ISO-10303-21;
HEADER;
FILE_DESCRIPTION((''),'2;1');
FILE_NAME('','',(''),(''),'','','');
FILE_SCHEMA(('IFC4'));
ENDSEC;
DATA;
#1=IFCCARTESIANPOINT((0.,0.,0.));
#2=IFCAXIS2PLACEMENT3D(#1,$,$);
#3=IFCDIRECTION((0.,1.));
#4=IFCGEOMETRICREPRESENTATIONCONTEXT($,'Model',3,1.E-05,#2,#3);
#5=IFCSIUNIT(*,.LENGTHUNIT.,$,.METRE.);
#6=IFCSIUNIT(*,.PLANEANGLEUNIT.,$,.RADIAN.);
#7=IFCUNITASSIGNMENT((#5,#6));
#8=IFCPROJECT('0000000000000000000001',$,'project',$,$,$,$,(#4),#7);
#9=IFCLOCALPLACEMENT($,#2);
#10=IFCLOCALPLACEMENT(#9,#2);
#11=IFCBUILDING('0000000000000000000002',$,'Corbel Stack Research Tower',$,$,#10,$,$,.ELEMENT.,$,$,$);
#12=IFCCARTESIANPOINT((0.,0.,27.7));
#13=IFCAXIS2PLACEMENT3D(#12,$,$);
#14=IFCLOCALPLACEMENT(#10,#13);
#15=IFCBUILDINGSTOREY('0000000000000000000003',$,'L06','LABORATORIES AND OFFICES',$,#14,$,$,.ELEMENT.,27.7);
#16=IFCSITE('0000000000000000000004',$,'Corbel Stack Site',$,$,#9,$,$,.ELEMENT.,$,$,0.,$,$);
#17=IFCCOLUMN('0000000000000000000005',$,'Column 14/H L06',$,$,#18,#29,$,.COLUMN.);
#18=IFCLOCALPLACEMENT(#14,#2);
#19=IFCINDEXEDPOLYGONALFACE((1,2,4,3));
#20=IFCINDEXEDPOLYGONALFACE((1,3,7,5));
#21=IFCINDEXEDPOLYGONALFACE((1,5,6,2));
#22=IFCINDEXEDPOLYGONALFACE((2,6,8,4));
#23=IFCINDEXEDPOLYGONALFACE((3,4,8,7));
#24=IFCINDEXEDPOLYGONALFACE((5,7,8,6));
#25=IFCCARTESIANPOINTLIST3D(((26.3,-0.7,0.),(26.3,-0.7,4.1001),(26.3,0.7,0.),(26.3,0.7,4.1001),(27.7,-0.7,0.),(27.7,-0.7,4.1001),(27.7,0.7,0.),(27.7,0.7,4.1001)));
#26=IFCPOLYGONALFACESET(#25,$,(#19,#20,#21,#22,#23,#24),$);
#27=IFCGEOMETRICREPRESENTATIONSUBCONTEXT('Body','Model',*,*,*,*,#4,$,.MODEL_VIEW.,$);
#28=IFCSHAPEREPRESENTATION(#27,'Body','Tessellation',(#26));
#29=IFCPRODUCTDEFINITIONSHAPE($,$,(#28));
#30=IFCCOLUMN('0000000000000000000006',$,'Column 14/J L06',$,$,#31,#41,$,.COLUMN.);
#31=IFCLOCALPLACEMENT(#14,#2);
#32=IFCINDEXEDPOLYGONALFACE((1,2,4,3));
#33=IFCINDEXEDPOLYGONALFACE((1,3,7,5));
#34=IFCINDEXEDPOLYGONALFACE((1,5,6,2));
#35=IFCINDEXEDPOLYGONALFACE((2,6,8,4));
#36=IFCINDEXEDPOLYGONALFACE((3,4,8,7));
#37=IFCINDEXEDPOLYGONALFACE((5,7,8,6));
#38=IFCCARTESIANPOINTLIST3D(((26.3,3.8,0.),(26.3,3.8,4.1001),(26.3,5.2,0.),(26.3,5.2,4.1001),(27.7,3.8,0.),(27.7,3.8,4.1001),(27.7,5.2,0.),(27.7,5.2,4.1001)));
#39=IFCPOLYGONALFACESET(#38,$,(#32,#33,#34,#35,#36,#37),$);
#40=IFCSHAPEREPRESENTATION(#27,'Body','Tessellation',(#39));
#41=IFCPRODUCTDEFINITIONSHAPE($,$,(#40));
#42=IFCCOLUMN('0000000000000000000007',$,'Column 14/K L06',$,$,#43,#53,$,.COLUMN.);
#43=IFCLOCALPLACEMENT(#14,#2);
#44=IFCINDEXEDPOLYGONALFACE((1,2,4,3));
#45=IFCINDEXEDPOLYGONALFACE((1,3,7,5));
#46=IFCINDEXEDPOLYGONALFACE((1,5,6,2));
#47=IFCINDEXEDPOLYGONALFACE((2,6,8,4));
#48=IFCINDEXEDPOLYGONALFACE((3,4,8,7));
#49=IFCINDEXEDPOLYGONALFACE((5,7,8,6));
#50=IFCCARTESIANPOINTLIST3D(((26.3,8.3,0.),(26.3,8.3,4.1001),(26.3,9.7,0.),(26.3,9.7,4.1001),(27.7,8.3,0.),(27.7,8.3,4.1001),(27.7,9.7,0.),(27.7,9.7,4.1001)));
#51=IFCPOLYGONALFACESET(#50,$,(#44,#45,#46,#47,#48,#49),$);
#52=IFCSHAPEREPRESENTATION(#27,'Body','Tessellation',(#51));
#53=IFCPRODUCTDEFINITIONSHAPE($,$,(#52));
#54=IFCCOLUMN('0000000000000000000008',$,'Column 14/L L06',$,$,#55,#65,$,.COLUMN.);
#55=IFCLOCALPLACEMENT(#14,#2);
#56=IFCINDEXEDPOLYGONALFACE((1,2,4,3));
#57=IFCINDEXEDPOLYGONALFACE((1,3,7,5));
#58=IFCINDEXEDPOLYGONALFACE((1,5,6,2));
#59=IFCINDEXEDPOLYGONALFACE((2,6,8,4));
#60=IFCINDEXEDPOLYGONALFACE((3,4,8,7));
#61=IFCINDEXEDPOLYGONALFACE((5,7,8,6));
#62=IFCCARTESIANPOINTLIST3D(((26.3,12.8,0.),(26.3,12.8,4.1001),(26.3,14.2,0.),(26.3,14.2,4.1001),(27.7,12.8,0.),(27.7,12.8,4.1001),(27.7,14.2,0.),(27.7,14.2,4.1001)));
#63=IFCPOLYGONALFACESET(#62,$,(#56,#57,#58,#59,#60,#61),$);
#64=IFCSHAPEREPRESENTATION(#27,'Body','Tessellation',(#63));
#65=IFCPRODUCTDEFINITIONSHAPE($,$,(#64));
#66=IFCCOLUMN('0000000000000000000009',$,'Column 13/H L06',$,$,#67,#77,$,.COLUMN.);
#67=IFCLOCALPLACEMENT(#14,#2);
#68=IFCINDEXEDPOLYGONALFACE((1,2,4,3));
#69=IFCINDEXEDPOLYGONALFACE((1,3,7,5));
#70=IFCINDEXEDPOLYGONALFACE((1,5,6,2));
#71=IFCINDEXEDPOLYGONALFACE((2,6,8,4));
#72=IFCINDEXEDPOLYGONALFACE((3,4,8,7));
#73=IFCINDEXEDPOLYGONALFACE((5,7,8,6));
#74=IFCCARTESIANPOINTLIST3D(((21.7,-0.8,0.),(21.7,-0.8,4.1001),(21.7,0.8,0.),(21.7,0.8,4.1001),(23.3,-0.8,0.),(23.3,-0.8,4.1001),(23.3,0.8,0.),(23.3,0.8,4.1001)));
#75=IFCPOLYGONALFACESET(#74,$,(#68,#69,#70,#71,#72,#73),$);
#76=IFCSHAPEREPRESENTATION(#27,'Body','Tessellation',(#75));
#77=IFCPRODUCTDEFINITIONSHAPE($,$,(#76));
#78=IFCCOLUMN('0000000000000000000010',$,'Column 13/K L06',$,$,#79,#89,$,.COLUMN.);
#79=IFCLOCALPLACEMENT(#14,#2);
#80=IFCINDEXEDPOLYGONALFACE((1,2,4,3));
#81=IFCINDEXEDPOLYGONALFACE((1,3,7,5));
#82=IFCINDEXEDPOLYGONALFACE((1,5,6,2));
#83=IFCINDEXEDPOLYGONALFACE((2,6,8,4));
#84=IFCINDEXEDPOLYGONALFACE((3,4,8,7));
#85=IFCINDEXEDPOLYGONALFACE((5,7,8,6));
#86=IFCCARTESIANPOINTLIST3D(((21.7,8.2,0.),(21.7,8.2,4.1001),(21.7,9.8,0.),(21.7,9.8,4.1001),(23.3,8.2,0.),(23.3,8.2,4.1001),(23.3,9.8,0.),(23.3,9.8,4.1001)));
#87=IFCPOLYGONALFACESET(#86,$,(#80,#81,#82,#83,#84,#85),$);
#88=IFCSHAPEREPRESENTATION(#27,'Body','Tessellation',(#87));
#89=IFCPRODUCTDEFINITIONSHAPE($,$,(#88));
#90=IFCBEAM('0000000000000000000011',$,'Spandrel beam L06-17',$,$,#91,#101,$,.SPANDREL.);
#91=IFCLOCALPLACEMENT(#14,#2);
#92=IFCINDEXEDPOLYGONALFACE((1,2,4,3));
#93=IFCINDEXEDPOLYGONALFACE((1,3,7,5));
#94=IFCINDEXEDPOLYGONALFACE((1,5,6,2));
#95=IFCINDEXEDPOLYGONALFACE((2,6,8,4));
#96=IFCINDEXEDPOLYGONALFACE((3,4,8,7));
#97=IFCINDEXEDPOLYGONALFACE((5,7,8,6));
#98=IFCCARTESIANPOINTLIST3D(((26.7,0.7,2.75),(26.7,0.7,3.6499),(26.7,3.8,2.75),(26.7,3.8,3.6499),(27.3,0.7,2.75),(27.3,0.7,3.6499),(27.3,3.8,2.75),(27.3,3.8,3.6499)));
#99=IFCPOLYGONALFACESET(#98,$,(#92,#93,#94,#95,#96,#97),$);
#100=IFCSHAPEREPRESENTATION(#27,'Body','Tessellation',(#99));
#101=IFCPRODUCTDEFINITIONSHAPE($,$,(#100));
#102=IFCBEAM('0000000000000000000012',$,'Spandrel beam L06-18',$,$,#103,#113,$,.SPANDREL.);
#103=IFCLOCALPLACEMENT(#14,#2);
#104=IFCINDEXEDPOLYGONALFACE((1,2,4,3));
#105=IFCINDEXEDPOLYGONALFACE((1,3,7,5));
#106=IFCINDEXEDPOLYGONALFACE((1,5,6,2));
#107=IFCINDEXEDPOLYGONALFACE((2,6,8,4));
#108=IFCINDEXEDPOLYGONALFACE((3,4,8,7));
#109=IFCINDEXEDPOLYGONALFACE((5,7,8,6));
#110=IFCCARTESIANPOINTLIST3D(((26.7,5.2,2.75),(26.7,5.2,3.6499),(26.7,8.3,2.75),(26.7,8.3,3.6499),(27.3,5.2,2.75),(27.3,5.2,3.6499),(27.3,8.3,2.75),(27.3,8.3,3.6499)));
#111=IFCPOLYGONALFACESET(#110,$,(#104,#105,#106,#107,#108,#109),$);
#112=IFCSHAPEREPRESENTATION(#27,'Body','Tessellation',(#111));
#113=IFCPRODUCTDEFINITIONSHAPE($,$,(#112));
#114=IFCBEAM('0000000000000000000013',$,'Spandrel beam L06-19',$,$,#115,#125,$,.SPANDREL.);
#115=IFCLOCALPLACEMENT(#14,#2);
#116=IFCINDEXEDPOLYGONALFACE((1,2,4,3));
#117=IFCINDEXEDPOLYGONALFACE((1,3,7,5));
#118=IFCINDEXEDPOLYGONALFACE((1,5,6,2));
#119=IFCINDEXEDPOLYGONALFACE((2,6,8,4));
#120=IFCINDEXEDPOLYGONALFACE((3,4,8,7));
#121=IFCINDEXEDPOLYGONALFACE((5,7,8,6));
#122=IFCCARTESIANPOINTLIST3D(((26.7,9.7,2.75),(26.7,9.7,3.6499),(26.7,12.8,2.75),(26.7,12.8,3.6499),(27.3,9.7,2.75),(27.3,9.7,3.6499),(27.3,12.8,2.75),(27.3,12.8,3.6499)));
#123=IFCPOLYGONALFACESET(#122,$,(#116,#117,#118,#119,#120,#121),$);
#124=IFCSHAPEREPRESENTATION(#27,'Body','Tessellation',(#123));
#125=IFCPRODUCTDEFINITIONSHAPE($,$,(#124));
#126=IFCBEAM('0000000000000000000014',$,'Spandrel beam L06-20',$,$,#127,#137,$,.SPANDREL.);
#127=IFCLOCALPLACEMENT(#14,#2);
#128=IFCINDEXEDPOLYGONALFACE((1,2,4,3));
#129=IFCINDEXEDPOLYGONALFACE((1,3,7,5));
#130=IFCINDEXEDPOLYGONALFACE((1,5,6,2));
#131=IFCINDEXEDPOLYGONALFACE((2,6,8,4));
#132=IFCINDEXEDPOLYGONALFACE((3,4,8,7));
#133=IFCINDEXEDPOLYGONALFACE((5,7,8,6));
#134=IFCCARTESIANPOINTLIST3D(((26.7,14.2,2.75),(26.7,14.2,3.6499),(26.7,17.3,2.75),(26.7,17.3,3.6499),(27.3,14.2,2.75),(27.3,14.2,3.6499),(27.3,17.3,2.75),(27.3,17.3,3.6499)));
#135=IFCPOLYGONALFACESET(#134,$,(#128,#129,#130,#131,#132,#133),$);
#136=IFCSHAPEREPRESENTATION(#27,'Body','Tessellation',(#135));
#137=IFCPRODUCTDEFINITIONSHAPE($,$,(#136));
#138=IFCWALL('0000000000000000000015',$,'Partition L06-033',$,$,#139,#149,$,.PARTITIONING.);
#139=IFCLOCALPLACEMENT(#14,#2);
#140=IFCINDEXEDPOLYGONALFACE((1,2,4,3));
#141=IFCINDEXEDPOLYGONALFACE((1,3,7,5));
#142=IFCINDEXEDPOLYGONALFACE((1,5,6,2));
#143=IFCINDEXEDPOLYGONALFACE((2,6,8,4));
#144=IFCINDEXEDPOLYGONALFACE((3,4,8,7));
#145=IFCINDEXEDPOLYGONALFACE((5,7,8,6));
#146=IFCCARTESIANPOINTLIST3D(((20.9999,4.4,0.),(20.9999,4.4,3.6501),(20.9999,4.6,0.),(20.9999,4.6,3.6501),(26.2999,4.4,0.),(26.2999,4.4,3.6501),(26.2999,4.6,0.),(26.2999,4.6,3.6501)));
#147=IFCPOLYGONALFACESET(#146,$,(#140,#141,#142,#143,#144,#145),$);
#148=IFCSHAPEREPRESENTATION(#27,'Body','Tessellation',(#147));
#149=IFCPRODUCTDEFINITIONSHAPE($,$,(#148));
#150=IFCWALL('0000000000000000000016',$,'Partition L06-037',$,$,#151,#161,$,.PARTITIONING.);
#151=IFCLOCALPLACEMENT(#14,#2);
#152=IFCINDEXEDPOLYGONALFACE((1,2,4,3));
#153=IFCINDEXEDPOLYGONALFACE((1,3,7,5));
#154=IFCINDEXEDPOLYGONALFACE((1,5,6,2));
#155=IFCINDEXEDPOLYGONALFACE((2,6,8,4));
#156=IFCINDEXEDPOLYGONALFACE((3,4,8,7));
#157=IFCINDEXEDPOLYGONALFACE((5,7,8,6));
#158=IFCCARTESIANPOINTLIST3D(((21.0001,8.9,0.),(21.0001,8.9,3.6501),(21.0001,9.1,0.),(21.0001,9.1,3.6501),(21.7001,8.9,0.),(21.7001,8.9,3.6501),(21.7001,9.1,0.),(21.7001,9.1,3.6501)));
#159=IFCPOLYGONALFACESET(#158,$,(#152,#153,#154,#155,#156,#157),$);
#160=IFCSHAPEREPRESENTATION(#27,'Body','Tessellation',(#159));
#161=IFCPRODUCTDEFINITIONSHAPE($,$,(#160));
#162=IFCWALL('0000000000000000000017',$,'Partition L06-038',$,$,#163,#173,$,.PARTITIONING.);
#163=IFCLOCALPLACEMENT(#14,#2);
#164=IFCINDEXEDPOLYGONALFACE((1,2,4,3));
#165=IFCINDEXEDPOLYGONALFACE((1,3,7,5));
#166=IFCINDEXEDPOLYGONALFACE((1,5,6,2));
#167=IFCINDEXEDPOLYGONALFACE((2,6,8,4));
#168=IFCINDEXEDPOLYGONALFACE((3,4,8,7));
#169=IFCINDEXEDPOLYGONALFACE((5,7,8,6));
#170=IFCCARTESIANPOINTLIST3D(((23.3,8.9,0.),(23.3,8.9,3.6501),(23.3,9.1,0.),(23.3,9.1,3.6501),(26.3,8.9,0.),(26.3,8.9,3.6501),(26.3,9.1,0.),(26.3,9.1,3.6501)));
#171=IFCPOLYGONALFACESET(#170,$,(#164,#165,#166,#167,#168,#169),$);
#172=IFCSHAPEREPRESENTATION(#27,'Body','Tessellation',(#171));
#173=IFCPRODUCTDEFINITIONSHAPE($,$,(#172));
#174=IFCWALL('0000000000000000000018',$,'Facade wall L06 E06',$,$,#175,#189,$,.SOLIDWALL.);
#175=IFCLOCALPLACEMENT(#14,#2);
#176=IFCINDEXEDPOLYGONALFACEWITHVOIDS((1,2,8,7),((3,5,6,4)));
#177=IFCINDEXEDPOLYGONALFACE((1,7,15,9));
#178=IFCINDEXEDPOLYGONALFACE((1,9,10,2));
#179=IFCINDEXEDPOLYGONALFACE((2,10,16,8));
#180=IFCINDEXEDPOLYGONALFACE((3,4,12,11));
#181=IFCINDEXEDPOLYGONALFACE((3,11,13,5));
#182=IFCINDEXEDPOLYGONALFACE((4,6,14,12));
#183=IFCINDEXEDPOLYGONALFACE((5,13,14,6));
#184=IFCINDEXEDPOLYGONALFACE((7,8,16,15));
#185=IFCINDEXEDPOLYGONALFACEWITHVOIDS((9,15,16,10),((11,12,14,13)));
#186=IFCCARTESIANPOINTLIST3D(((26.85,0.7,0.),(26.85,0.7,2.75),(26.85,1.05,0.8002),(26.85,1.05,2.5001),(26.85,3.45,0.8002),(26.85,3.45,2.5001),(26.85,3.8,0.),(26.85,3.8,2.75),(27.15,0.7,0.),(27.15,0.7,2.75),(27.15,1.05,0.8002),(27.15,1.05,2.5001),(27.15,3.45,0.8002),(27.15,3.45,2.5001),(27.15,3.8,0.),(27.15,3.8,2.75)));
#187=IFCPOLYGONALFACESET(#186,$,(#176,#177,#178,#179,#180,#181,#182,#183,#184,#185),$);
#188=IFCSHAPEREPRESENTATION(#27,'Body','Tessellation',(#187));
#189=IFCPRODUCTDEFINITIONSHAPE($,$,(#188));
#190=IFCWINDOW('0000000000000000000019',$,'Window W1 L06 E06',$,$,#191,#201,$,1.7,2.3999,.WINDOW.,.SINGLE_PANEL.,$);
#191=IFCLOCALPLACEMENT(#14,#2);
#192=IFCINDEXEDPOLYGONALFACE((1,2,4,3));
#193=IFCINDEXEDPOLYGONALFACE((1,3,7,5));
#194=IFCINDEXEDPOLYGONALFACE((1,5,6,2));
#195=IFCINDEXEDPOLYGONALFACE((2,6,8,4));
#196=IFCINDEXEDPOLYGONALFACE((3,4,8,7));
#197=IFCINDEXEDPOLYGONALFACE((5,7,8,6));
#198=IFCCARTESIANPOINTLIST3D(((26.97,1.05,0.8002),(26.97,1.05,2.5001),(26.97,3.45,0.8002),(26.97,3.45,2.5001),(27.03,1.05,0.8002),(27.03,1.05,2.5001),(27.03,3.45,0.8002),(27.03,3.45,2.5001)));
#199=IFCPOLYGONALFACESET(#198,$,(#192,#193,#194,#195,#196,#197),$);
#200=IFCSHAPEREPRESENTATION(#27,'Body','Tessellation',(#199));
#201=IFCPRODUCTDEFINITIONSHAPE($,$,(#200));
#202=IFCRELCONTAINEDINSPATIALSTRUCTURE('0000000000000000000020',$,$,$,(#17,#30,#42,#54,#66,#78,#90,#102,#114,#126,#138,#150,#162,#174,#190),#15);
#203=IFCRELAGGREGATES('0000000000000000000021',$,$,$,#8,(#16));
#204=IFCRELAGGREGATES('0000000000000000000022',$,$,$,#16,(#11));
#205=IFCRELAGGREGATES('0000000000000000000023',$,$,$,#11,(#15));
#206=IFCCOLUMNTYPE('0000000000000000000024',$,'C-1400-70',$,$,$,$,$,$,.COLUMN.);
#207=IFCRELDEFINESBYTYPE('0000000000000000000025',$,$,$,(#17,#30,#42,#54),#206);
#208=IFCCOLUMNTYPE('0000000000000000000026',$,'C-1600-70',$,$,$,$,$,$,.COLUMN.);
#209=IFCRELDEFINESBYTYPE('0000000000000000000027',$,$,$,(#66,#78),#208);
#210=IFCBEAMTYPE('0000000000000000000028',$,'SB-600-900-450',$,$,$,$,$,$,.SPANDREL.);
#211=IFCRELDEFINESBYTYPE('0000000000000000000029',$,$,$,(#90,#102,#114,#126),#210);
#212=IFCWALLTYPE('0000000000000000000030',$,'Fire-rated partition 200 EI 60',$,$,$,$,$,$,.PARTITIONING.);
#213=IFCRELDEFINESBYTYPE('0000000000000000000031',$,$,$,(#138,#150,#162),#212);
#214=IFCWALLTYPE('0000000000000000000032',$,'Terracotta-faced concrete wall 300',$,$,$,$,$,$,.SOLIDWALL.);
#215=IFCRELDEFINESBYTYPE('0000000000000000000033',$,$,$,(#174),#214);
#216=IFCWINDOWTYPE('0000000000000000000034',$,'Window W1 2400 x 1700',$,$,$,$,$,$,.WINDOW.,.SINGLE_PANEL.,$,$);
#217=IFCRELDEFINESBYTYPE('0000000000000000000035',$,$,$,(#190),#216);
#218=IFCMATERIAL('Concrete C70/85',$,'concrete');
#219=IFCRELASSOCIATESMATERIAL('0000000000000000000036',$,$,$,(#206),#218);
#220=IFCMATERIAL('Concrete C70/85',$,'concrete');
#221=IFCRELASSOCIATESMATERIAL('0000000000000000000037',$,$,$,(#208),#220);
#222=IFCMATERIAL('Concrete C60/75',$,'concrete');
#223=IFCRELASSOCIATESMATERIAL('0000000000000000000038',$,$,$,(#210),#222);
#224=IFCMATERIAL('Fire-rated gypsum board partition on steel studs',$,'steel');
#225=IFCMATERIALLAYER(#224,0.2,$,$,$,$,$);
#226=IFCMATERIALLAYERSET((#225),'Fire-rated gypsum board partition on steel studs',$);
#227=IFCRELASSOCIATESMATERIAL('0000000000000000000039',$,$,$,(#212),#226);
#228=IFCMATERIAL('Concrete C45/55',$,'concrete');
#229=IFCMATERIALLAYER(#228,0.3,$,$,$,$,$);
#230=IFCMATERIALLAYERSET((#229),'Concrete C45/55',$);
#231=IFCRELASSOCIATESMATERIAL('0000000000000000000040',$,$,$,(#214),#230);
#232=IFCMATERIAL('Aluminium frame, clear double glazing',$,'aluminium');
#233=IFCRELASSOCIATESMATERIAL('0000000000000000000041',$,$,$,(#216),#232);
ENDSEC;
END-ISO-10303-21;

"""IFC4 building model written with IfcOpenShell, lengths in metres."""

from ifc_helpers import new_model, si_unit, direction, frame, frame_2d, origin, origin_2d, place, context, subcontext, project, spatial, rectangle, extrude, material, layer, layer_set, material_profile, profile_set, type_object, element, fill, save


model = new_model("IFC4")

# Units and contexts
model_context = context("Model", 3, precision=1e-05, world=origin(), true_north=direction((0.0, 1.0)))
body_context = subcontext(model_context, "Body", "Model", "MODEL_VIEW")
ifc_project = project(units=[si_unit("LENGTHUNIT", "METRE"), si_unit("PLANEANGLEUNIT", "RADIAN")], contexts=[model_context])

# Site, building, storey
site_placement = place(None, origin())
site = spatial("IfcSite", under=ifc_project, at=site_placement, Name="Corbel Stack Site", CompositionType="ELEMENT", RefElevation=0.0)
building_placement = place(site_placement, origin())
building = spatial("IfcBuilding", under=site, at=building_placement, Name="Corbel Stack Research Tower", CompositionType="ELEMENT")
storey_placement = place(building_placement, frame((0.0, 0.0, 27.7)))
storey = spatial("IfcBuildingStorey", under=building, at=storey_placement, Name="L06", Description="LABORATORIES AND OFFICES", CompositionType="ELEMENT", Elevation=27.7)

# Columns
ifc_material_1 = material(Name="Concrete C70/85", Category="concrete")
ifc_material_profile_1 = material_profile(ifc_material_1, rectangle(XDim=1.3999, YDim=1.3999, at=origin_2d()), Name="RC 1400 x 1400")
ifc_profile_set_1 = profile_set([ifc_material_profile_1], Name="Concrete C70/85")
column_type_1 = type_object("IfcColumnType", Name="C-1400-70", PredefinedType="COLUMN", material=ifc_profile_set_1)
for number, where, z_axis, x_axis, name in (
    (1, (27.0, 0.0, 0.0), (0.0, 0.0, 1.0), (1.0, 0.0, 0.0), "Column 14/H L06"),
    (2, (27.0, 4.5, 0.0), (0.0, 0.0, 1.0), (1.0, 0.0, 0.0), "Column 14/J L06"),
    (3, (27.0, 9.0, 0.0), (0.0, 0.0, 1.0), (1.0, 0.0, 0.0), "Column 14/K L06"),
    (4, (27.0, 13.5, 0.0), (0.0, 0.0, 1.0), (1.0, 0.0, 0.0), "Column 14/L L06"),
):
    element("IfcColumn", number, at=place(storey_placement, frame(where, z_axis=z_axis, x_axis=x_axis)), inside=storey, type_object=column_type_1, Name=name, PredefinedType="COLUMN", context=body_context, shape_type="SweptSolid", body=[
        extrude(rectangle(XDim=1.3999, YDim=1.3999, at=origin_2d()), origin(), (0.0, 0.0, 1.0), 4.1001),
    ])
ifc_material_2 = material(Name="Concrete C70/85", Category="concrete")
ifc_material_profile_2 = material_profile(ifc_material_2, rectangle(XDim=1.6001, YDim=1.6001, at=origin_2d()), Name="RC 1600 x 1600")
ifc_profile_set_2 = profile_set([ifc_material_profile_2], Name="Concrete C70/85")
column_type_2 = type_object("IfcColumnType", Name="C-1600-70", PredefinedType="COLUMN", material=ifc_profile_set_2)
for number, where, z_axis, x_axis, name in (
    (5, (22.5, 0.0, 0.0), (0.0, 0.0, 1.0), (1.0, 0.0, 0.0), "Column 13/H L06"),
    (6, (22.5, 9.0, 0.0), (0.0, 0.0, 1.0), (1.0, 0.0, 0.0), "Column 13/K L06"),
):
    element("IfcColumn", number, at=place(storey_placement, frame(where, z_axis=z_axis, x_axis=x_axis)), inside=storey, type_object=column_type_2, Name=name, PredefinedType="COLUMN", context=body_context, shape_type="SweptSolid", body=[
        extrude(rectangle(XDim=1.6001, YDim=1.6001, at=origin_2d()), origin(), (0.0, 0.0, 1.0), 4.1001),
    ])

# Beams
ifc_material_3 = material(Name="Concrete C60/75", Category="concrete")
ifc_material_profile_3 = material_profile(ifc_material_3, rectangle(XDim=0.6001, YDim=0.8999, at=origin_2d()), Name="RC 600 x 900")
ifc_profile_set_3 = profile_set([ifc_material_profile_3], Name="Concrete C60/75")
beam_type = type_object("IfcBeamType", Name="SB-600-900-450", PredefinedType="SPANDREL", material=ifc_profile_set_3)
for number, where, z_axis, x_axis, name in (
    (7, (27.0, 0.7, 3.2), (0.0, 1.0, 0.0), (-1.0, 0.0, 0.0), "Spandrel beam L06-17"),
    (8, (27.0, 5.2, 3.2), (0.0, 1.0, 0.0), (-1.0, 0.0, 0.0), "Spandrel beam L06-18"),
    (9, (27.0, 9.7, 3.2), (0.0, 1.0, 0.0), (-1.0, 0.0, 0.0), "Spandrel beam L06-19"),
    (10, (27.0, 14.2, 3.2), (0.0, 1.0, 0.0), (-1.0, 0.0, 0.0), "Spandrel beam L06-20"),
):
    element("IfcBeam", number, at=place(storey_placement, frame(where, z_axis=z_axis, x_axis=x_axis)), inside=storey, type_object=beam_type, Name=name, PredefinedType="SPANDREL", context=body_context, shape_type="SweptSolid", body=[
        extrude(rectangle(XDim=0.6001, YDim=0.8999, at=origin_2d()), origin(), (0.0, 0.0, 1.0), 3.1001),
    ])

# Walls
ifc_material_4 = material(Name="Fire-rated gypsum board partition on steel studs", Category="steel")
ifc_layer_1 = layer(ifc_material_4, 0.2)
ifc_layer_set_1 = layer_set([ifc_layer_1], Name="Fire-rated gypsum board partition on steel studs")
wall_type_1 = type_object("IfcWallType", Name="Fire-rated partition 200 EI 60", PredefinedType="PARTITIONING", material=ifc_layer_set_1)
wall_1_placement = place(storey_placement, frame((21.0, 4.5, 0.0), z_axis=(0.0, 0.0, 1.0), x_axis=(1.0, 0.0, 0.0)))
element("IfcWall", 11, at=wall_1_placement, inside=storey, type_object=wall_type_1, Name="Partition L06-033", PredefinedType="PARTITIONING", context=body_context, shape_type="SweptSolid", body=[
    extrude(rectangle(XDim=5.3, YDim=0.2, at=frame_2d((2.6499, 0.0))), origin(), (0.0, 0.0, 1.0), 3.6501),
])
wall_2_placement = place(storey_placement, frame((21.0, 9.0, 0.0), z_axis=(0.0, 0.0, 1.0), x_axis=(1.0, 0.0, 0.0)))
element("IfcWall", 12, at=wall_2_placement, inside=storey, type_object=wall_type_1, Name="Partition L06-037", PredefinedType="PARTITIONING", context=body_context, shape_type="SweptSolid", body=[
    extrude(rectangle(XDim=0.7, YDim=0.2, at=frame_2d((0.3501, 0.0))), origin(), (0.0, 0.0, 1.0), 3.6501),
])
wall_3_placement = place(storey_placement, frame((23.3, 9.0, 0.0), z_axis=(0.0, 0.0, 1.0), x_axis=(1.0, 0.0, 0.0)))
element("IfcWall", 13, at=wall_3_placement, inside=storey, type_object=wall_type_1, Name="Partition L06-038", PredefinedType="PARTITIONING", context=body_context, shape_type="SweptSolid", body=[
    extrude(rectangle(XDim=3.0, YDim=0.2, at=frame_2d((1.5, 0.0))), origin(), (0.0, 0.0, 1.0), 3.6501),
])

# Wall, opening, window
ifc_material_5 = material(Name="Concrete C45/55", Category="concrete")
ifc_layer_2 = layer(ifc_material_5, 0.3)
ifc_layer_set_2 = layer_set([ifc_layer_2], Name="Concrete C45/55")
wall_type_2 = type_object("IfcWallType", Name="Terracotta-faced concrete wall 300", PredefinedType="SOLIDWALL", material=ifc_layer_set_2)
wall_4_placement = place(storey_placement, frame((27.0, 3.8, 0.0), z_axis=(0.0, 0.0, 1.0), x_axis=(0.0, -1.0, 0.0)))
wall_4 = element("IfcWall", 14, at=wall_4_placement, inside=storey, type_object=wall_type_2, Name="Facade wall L06 E06", PredefinedType="SOLIDWALL", context=body_context, shape_type="SweptSolid", body=[
    extrude(rectangle(XDim=3.1001, YDim=0.3, at=frame_2d((1.55, 0.0))), origin(), (0.0, 0.0, 1.0), 2.75),
])
opening_1_placement = place(wall_4_placement, frame((0.3501, 0.0, 0.8)))
opening_1 = element("IfcOpeningElement", 15, at=opening_1_placement, cuts=wall_4, PredefinedType="OPENING", context=body_context, shape_type="SweptSolid", body=[
    extrude(rectangle(XDim=2.3999, YDim=1.7, at=frame_2d((1.2, 0.8501))), frame((0.0, 0.1599, 0.0), z_axis=(0.0, -1.0, 0.0), x_axis=(1.0, 0.0, 0.0)), (0.0, 0.0, 1.0), 0.3201),
])
ifc_material_6 = material(Name="Aluminium frame, clear double glazing", Category="aluminium")
window_type = type_object("IfcWindowType", Name="Window W1 2400 x 1700", PartitioningType="SINGLE_PANEL", PredefinedType="WINDOW", material=ifc_material_6)
window_1_placement = place(opening_1_placement, origin())
window_1 = element("IfcWindow", 16, at=window_1_placement, inside=storey, type_object=window_type, Name="Window W1 L06 E06", OverallHeight=1.7, OverallWidth=2.3999, PartitioningType="SINGLE_PANEL", PredefinedType="WINDOW", context=body_context, shape_type="SweptSolid", body=[
    extrude(rectangle(XDim=2.3999, YDim=1.7, at=frame_2d((1.2, 0.8501))), frame((0.0, 0.03, 0.0), z_axis=(0.0, -1.0, 0.0), x_axis=(1.0, 0.0, 0.0)), (0.0, 0.0, 1.0), 0.0601),
])
fill(opening_1, window_1)

save(model, "model.ifc")
